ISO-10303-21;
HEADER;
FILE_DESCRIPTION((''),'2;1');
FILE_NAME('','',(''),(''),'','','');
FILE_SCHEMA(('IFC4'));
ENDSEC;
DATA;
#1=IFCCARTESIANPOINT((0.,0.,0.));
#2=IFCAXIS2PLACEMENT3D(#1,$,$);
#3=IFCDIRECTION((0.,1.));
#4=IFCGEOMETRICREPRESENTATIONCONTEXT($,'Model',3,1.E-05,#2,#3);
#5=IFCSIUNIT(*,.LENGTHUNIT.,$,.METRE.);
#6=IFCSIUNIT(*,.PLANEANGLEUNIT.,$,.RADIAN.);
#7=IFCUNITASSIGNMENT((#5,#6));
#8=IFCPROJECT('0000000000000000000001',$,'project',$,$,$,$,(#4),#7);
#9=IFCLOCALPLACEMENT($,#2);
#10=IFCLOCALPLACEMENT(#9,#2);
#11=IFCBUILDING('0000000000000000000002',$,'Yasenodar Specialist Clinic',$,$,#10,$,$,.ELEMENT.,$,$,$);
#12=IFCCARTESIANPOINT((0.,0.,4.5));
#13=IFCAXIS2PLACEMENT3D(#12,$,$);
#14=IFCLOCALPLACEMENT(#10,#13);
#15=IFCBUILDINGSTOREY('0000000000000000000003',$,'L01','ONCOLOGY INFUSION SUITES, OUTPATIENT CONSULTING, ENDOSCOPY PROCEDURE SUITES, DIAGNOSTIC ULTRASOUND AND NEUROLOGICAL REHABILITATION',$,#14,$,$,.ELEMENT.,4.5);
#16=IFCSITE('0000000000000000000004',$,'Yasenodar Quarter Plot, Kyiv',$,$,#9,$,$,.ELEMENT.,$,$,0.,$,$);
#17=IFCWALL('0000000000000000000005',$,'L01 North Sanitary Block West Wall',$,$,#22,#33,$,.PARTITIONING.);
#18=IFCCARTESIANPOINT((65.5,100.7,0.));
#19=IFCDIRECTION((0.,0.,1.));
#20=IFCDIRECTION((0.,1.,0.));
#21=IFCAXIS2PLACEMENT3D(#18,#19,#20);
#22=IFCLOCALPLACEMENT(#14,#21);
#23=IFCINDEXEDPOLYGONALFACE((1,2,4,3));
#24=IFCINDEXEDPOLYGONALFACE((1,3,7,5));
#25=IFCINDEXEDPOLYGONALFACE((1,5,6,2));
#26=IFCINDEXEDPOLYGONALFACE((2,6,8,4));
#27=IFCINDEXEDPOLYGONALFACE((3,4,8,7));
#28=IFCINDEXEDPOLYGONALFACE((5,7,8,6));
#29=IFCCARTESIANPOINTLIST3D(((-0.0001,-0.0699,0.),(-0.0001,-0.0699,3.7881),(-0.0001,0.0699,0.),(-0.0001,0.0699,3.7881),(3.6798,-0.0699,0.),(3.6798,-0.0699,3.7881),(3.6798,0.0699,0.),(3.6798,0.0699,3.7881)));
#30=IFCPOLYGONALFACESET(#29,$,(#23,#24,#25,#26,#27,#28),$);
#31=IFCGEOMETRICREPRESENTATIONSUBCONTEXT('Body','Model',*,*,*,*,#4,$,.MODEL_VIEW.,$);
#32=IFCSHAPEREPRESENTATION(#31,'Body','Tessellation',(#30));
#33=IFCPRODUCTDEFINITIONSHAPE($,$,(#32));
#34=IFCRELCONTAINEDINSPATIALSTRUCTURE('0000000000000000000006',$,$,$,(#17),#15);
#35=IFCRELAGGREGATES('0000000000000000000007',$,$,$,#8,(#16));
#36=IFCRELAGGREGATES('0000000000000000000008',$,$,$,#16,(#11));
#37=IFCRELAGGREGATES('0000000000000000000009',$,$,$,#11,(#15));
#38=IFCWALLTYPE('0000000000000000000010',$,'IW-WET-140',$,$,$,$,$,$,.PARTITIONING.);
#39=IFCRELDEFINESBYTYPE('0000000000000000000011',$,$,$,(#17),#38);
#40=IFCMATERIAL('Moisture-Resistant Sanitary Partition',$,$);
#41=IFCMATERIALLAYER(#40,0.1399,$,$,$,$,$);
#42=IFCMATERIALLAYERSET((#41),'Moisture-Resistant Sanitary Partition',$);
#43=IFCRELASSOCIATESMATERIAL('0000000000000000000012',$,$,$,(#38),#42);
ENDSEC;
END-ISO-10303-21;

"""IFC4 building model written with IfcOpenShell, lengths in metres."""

from ifc_helpers import new_model, si_unit, direction, frame, frame_2d, origin, place, context, subcontext, project, spatial, rectangle, extrude, material, layer, layer_set, type_object, element, save


model = new_model("IFC4")

# Units and contexts
model_context = context("Model", 3, precision=1e-05, world=origin(), true_north=direction((0.0, 1.0)))
body_context = subcontext(model_context, "Body", "Model", "MODEL_VIEW")
ifc_project = project(units=[si_unit("LENGTHUNIT", "METRE"), si_unit("PLANEANGLEUNIT", "RADIAN")], contexts=[model_context])

# Site, building, storey
site_placement = place(None, origin())
site = spatial("IfcSite", under=ifc_project, at=site_placement, Name="Yasenodar Quarter Plot, Kyiv", CompositionType="ELEMENT", RefElevation=0.0)
building_placement = place(site_placement, origin())
building = spatial("IfcBuilding", under=site, at=building_placement, Name="Yasenodar Specialist Clinic", CompositionType="ELEMENT")
storey_placement = place(building_placement, frame((0.0, 0.0, 4.5)))
storey = spatial("IfcBuildingStorey", under=building, at=storey_placement, Name="L01", Description="ONCOLOGY INFUSION SUITES, OUTPATIENT CONSULTING, ENDOSCOPY PROCEDURE SUITES, DIAGNOSTIC ULTRASOUND AND NEUROLOGICAL REHABILITATION", CompositionType="ELEMENT", Elevation=4.5)

# Wall
ifc_material_1 = material(Name="Moisture-Resistant Sanitary Partition")
ifc_layer_1 = layer(ifc_material_1, 0.1399)
ifc_layer_set_1 = layer_set([ifc_layer_1], Name="Moisture-Resistant Sanitary Partition")
wall_type_1 = type_object("IfcWallType", Name="IW-WET-140", PredefinedType="PARTITIONING", material=ifc_layer_set_1)
wall_1_placement = place(storey_placement, frame((65.5, 100.7, 0.0), z_axis=(0.0, 0.0, 1.0), x_axis=(0.0, 1.0, 0.0)))
element("IfcWall", 1, at=wall_1_placement, inside=storey, type_object=wall_type_1, Name="L01 North Sanitary Block West Wall", PredefinedType="PARTITIONING", context=body_context, shape_type="SweptSolid", body=[
    extrude(rectangle(XDim=3.6799, YDim=0.1399, at=frame_2d((1.8398, 0.0))), origin(), (0.0, 0.0, 1.0), 3.7881),
])

save(model, "model.ifc")
